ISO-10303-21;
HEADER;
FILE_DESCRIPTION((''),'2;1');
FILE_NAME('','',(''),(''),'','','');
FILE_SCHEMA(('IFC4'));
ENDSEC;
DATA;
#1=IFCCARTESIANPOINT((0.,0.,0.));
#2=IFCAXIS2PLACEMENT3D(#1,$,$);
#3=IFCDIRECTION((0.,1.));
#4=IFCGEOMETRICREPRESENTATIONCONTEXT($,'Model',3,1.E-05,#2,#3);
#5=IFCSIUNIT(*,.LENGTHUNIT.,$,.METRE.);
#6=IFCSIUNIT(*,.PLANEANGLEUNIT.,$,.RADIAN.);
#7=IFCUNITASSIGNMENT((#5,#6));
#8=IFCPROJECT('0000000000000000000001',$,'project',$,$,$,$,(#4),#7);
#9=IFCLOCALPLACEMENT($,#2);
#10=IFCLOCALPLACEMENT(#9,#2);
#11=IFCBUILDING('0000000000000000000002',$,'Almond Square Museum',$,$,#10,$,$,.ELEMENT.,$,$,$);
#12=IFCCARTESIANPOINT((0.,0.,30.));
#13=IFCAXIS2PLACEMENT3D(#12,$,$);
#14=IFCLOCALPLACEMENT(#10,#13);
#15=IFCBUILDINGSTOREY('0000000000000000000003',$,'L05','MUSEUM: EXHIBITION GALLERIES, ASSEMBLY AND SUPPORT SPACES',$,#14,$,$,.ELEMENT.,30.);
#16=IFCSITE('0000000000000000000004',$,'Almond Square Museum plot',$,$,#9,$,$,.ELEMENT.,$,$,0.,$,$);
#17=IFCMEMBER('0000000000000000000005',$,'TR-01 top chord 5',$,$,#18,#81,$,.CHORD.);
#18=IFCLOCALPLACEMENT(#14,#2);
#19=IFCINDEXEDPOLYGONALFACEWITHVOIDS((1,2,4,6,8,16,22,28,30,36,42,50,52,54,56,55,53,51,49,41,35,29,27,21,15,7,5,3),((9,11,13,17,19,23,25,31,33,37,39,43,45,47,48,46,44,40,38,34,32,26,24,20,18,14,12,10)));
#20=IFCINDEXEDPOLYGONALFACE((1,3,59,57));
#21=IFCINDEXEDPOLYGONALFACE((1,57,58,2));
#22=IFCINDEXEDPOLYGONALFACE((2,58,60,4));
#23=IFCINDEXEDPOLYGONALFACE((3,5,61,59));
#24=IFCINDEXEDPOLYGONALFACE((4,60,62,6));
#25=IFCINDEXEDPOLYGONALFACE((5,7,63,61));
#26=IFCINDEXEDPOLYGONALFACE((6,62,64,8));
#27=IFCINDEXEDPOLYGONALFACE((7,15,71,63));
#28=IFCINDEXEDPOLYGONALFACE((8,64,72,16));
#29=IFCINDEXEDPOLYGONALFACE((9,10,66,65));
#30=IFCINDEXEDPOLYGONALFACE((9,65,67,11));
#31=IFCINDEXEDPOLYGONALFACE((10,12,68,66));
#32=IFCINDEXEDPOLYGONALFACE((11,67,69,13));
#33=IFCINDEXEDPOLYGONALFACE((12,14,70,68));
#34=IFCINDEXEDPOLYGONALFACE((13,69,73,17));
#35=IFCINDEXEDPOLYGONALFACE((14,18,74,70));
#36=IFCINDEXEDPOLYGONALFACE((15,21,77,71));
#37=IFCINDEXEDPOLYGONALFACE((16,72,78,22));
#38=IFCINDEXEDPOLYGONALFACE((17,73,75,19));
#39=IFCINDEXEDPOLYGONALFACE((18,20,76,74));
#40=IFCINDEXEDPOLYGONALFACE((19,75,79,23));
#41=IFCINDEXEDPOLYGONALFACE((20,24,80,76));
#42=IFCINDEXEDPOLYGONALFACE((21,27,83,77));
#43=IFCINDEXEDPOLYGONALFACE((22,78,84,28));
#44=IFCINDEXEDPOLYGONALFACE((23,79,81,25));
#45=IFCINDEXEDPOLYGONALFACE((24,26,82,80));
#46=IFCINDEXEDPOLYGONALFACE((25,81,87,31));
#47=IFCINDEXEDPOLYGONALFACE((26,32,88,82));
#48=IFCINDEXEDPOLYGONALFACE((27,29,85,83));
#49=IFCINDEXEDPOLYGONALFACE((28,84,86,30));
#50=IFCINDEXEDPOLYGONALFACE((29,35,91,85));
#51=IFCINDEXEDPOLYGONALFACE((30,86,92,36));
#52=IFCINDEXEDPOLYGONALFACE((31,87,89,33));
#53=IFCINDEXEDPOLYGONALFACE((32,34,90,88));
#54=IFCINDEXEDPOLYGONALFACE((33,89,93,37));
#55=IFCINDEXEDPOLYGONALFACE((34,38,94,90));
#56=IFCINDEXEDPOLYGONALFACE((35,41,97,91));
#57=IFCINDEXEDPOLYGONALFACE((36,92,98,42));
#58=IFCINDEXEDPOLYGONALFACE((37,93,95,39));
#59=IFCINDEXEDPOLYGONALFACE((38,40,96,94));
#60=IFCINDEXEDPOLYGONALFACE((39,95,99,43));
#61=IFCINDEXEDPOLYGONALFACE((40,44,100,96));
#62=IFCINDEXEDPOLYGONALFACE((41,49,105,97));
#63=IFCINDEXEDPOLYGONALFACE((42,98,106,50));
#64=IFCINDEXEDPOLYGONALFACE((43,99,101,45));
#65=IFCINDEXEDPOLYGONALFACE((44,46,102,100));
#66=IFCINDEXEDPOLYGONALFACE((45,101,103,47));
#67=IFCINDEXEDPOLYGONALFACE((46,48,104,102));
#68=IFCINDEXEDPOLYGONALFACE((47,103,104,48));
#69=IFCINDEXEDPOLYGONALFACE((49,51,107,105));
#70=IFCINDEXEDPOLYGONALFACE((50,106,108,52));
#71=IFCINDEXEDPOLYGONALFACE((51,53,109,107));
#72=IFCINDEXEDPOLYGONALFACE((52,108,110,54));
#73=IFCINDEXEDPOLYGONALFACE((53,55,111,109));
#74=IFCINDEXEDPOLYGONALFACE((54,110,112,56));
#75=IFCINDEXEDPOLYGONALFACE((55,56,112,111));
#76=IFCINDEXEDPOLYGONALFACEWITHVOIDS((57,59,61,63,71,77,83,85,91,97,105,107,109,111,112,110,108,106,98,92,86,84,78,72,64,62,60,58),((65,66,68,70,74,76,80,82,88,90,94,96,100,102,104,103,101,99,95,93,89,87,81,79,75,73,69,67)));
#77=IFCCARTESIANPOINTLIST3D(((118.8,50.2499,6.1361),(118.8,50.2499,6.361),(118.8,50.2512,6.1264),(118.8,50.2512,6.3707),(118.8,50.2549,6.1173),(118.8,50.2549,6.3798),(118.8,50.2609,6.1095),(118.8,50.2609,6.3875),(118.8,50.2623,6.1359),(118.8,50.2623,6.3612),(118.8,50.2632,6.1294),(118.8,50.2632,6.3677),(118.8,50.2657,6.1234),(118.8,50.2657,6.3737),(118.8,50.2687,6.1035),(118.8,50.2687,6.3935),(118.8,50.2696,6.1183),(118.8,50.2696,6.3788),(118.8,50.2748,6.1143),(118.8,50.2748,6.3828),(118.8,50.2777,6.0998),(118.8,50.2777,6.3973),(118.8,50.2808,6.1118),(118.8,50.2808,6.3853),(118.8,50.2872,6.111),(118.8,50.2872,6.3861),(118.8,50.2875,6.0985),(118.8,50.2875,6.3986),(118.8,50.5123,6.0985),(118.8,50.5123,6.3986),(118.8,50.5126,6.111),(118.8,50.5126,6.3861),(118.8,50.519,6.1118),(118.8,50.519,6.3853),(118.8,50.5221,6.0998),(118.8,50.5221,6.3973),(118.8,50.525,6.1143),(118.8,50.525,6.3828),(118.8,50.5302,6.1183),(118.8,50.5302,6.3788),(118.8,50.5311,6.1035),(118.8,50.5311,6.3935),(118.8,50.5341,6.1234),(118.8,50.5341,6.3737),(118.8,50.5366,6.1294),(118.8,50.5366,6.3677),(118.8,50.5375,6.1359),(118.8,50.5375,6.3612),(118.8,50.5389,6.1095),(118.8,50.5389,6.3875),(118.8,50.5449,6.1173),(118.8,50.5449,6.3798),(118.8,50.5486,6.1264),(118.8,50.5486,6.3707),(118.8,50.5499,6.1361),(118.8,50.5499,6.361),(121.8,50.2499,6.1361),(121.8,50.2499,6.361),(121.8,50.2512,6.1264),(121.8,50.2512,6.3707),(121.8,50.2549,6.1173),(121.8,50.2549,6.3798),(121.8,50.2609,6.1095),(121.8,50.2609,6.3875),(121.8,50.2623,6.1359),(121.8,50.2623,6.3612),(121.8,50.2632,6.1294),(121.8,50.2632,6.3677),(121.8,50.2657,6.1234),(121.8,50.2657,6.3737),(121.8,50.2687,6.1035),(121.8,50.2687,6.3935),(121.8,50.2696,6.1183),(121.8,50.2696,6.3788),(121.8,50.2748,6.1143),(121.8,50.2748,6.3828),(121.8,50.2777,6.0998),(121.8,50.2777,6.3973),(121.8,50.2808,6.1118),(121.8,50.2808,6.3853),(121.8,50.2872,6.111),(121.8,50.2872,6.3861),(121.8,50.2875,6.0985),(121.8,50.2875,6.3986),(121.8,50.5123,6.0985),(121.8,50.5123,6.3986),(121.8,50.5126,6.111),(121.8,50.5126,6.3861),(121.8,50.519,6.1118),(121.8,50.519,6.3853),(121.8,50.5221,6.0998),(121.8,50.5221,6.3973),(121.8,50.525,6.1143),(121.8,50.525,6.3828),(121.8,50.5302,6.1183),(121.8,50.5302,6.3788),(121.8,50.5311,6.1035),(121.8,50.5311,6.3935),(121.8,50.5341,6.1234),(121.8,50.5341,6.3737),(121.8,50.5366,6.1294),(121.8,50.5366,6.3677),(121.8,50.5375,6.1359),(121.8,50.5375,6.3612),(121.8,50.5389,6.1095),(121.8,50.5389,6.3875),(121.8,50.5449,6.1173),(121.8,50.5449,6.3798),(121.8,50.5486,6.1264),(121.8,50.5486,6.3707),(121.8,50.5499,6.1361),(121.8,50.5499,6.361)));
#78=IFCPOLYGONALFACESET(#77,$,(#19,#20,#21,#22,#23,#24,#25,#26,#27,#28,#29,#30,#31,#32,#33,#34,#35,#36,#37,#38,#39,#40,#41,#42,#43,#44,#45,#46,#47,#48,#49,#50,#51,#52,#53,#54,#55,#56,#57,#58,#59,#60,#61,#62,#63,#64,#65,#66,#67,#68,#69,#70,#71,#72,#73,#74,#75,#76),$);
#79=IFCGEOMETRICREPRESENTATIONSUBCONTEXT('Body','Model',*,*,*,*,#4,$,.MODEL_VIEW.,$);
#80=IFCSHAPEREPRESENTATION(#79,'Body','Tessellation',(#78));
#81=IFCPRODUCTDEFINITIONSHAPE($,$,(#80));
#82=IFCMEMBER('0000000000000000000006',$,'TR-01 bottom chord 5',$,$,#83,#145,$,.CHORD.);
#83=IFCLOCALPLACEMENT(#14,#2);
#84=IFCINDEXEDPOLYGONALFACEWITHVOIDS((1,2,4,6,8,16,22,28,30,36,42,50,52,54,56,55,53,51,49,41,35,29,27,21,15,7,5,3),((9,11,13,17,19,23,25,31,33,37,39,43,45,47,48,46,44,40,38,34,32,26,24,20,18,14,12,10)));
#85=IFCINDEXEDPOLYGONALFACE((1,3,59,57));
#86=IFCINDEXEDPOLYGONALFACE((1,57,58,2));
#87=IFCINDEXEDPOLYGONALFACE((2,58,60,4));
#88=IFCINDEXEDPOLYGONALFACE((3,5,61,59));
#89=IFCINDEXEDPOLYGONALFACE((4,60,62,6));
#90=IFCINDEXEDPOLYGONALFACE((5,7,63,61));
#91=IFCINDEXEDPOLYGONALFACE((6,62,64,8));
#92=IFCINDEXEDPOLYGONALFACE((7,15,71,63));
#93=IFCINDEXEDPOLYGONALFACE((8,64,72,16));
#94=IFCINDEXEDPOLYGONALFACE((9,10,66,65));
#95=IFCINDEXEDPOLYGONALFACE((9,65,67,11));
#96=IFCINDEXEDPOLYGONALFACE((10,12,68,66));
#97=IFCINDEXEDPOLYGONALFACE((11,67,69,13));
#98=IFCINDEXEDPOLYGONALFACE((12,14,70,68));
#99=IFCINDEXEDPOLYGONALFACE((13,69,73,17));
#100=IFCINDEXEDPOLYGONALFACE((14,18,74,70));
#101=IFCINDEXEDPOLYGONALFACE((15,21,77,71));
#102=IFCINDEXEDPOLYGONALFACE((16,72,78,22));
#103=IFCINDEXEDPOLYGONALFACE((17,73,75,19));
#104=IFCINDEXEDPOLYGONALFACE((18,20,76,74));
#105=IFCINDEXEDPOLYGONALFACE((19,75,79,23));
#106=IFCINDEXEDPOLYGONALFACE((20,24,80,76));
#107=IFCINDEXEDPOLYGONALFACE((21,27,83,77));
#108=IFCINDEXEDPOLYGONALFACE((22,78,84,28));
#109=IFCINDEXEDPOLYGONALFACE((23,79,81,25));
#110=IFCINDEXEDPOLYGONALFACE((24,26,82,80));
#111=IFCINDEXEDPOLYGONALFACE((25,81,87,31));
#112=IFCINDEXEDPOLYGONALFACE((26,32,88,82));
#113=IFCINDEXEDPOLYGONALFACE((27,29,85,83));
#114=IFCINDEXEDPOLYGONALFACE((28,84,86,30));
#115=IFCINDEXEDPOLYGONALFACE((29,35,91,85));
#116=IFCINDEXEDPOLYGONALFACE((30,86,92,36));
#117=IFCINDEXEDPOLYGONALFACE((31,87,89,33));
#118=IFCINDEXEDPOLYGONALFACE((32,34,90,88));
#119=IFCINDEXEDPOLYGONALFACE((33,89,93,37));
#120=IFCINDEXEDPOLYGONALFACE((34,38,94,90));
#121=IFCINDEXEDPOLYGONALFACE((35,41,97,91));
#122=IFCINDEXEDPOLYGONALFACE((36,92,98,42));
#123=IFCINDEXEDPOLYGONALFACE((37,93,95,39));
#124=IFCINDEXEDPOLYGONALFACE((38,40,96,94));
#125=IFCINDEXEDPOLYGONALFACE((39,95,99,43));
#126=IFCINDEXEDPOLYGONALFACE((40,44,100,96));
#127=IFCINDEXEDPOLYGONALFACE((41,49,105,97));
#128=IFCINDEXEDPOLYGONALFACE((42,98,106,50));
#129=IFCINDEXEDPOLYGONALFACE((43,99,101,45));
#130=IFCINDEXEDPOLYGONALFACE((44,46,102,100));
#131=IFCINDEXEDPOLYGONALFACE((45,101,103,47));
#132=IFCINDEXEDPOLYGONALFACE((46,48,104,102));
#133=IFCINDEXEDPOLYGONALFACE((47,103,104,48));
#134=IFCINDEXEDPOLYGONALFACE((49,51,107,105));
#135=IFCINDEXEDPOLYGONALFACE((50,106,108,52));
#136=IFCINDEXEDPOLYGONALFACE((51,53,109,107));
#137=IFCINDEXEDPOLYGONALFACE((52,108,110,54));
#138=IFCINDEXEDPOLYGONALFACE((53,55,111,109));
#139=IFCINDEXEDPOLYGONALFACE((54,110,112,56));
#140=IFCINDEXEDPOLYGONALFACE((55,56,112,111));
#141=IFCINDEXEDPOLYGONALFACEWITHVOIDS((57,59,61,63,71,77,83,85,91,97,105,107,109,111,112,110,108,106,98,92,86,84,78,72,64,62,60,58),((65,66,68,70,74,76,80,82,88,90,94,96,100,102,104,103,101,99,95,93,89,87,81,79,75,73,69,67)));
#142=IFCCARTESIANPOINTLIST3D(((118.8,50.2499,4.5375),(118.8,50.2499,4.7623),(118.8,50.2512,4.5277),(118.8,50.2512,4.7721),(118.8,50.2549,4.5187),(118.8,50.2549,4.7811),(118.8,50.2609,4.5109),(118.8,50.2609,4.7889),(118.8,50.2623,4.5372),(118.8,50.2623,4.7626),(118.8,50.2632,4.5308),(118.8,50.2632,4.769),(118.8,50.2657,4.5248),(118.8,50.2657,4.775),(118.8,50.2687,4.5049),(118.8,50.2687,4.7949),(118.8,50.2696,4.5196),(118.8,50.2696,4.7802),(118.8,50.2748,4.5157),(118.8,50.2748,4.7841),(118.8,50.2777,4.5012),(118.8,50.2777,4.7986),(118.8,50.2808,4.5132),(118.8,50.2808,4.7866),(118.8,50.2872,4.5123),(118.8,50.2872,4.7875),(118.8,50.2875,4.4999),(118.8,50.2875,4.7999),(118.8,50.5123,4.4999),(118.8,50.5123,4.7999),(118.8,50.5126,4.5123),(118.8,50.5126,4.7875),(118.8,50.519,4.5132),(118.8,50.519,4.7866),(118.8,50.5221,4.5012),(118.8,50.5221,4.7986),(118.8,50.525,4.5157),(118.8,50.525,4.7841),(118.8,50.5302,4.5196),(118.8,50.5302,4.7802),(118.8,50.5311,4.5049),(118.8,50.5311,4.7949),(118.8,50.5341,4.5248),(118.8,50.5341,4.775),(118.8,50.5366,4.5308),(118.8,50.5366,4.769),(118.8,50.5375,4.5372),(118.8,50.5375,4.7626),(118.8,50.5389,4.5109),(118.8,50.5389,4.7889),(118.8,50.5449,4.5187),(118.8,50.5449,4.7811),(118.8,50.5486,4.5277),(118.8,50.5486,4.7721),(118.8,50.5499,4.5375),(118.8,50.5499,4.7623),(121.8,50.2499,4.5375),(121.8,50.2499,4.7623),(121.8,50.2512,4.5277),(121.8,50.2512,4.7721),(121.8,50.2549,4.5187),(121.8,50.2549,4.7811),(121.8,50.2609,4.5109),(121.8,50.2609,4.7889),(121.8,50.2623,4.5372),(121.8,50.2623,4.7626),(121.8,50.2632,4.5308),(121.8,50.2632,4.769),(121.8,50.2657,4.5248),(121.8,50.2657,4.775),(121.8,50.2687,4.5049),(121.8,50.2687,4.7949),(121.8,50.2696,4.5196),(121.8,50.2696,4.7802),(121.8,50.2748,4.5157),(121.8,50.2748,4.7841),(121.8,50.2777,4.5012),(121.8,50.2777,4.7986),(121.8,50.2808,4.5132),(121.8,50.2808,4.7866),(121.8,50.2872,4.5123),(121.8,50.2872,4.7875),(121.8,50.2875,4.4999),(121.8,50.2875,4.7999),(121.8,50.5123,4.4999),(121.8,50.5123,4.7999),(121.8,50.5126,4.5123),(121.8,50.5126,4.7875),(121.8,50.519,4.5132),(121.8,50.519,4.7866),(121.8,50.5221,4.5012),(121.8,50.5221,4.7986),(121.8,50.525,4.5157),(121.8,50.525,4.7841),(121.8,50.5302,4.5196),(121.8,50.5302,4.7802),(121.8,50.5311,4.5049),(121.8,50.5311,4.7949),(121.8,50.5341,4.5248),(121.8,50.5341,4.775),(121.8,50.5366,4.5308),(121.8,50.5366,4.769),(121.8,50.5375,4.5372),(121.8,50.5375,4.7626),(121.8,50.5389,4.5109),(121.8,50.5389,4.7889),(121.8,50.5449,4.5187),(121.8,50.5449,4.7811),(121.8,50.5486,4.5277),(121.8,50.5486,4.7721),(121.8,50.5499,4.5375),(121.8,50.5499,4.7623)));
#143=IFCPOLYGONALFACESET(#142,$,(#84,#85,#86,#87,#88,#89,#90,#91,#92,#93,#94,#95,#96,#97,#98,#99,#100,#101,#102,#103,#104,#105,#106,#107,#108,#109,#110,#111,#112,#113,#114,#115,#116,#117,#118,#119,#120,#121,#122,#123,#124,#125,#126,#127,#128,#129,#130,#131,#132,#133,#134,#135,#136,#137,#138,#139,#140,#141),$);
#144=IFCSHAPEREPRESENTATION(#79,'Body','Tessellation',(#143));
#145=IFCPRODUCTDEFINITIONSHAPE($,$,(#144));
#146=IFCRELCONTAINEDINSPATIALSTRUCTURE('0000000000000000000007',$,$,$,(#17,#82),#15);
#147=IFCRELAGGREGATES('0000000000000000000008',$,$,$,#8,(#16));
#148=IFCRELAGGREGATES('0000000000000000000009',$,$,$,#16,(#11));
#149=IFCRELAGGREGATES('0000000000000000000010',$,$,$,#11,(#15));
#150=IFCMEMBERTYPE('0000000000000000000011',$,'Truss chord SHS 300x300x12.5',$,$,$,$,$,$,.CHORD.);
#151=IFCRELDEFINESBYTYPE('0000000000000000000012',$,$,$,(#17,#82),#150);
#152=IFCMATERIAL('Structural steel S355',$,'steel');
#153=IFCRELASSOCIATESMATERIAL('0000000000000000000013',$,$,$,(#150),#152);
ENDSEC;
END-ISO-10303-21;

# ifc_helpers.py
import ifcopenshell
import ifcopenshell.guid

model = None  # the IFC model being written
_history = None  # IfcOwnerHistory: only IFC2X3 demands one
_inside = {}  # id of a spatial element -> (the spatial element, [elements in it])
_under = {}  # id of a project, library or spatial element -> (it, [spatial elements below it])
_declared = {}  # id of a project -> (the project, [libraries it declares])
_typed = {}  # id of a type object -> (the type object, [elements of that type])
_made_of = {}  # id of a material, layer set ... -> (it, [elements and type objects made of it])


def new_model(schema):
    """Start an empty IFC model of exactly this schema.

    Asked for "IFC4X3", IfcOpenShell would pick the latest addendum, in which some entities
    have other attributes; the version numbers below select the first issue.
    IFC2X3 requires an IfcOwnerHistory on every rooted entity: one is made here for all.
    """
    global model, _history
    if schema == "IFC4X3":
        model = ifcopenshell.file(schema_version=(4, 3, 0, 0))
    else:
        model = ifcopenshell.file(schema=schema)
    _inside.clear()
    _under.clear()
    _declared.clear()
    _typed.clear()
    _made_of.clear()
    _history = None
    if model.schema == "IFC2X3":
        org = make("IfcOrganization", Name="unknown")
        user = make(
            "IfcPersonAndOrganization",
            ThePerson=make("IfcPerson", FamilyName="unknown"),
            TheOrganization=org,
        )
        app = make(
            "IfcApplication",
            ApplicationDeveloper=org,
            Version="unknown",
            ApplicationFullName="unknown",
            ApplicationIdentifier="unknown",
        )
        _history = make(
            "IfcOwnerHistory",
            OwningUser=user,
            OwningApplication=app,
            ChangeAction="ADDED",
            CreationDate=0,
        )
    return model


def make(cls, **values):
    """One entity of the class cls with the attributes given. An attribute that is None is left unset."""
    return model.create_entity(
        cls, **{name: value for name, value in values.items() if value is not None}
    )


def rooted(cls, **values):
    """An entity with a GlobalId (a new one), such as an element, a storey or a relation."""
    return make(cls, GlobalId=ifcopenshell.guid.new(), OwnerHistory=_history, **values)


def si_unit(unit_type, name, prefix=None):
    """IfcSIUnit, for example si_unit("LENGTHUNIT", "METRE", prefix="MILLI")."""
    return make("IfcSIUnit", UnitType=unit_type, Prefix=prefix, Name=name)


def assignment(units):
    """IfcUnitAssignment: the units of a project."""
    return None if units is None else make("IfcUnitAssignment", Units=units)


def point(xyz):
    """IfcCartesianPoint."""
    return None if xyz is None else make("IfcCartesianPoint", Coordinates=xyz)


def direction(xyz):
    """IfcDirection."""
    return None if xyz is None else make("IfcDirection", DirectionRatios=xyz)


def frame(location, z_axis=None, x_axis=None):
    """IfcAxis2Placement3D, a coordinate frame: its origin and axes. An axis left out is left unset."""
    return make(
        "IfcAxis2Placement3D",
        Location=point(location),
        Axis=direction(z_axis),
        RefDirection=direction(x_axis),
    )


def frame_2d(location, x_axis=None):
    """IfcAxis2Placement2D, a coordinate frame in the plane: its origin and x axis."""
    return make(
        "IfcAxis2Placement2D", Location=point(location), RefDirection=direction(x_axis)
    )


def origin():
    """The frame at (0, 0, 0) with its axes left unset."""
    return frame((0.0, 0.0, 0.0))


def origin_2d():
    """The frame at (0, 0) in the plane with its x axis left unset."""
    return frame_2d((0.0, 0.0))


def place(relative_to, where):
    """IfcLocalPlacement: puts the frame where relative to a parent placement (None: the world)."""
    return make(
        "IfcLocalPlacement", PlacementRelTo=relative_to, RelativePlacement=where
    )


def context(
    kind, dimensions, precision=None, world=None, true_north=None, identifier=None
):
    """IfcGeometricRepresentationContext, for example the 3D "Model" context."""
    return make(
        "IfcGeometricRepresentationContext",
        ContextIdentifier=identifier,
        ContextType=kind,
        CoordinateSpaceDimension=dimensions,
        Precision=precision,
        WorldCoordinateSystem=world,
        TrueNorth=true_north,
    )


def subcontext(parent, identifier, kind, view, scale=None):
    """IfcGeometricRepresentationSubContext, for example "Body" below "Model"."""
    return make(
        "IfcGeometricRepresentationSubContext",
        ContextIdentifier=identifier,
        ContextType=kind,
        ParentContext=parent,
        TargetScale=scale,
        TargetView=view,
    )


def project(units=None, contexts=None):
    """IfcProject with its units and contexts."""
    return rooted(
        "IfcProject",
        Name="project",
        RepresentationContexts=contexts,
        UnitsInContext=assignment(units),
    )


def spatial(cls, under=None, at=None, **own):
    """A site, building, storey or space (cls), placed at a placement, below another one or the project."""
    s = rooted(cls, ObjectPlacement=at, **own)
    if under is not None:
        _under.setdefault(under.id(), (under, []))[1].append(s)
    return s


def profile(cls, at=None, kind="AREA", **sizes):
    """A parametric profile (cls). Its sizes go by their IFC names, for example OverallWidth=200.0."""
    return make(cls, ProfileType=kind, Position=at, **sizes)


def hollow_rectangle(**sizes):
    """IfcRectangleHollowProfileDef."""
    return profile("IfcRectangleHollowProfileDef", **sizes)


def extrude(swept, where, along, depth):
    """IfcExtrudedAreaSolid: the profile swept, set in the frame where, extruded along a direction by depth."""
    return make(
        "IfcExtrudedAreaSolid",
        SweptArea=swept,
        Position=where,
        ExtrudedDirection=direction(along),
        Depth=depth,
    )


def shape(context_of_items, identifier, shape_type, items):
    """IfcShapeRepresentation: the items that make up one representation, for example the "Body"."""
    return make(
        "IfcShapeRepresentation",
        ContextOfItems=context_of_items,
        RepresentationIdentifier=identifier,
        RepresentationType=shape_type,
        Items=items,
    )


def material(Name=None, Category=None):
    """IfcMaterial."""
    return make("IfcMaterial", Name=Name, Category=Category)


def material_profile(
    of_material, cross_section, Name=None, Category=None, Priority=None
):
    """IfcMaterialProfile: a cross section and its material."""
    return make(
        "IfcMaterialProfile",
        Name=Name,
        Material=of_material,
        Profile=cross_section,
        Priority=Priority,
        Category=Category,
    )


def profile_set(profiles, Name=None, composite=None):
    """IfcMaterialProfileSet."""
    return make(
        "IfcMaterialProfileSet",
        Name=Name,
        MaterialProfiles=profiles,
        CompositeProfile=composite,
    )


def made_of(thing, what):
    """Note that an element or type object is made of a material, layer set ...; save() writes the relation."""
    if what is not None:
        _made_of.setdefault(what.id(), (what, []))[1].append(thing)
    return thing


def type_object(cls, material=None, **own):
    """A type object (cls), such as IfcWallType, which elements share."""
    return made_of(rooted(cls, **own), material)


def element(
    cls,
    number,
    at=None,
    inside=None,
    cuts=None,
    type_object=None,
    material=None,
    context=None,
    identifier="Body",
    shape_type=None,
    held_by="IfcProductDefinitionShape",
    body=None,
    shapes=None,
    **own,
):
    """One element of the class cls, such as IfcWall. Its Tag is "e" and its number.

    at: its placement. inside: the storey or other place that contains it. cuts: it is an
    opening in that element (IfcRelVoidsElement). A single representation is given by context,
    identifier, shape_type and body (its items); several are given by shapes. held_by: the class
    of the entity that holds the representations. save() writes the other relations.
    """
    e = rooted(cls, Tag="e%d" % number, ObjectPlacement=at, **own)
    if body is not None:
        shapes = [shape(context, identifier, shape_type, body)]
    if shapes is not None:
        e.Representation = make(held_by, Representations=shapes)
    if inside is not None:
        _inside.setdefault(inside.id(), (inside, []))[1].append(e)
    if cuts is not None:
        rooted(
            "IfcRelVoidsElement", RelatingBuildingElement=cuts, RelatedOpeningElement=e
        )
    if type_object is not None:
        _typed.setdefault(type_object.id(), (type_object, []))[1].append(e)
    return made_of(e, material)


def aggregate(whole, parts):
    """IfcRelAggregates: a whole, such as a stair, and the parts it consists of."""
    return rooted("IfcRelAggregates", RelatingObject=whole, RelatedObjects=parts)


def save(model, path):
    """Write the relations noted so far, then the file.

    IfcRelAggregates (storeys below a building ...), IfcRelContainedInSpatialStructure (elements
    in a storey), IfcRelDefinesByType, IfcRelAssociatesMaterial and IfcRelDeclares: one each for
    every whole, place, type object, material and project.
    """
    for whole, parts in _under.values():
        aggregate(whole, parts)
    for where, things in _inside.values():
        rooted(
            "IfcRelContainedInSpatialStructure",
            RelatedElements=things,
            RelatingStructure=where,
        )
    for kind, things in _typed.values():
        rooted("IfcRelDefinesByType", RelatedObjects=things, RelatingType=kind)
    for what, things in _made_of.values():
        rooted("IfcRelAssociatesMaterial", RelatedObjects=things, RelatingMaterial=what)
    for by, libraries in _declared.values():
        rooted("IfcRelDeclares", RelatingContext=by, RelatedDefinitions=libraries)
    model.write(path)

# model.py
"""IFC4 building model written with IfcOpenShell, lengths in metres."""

from ifc_helpers import new_model, si_unit, direction, frame, origin, origin_2d, place, context, subcontext, project, spatial, hollow_rectangle, extrude, material, material_profile, profile_set, type_object, element, save


model = new_model("IFC4")

# Units and contexts
model_context = context("Model", 3, precision=1e-05, world=origin(), true_north=direction((0.0, 1.0)))
body_context = subcontext(model_context, "Body", "Model", "MODEL_VIEW")
ifc_project = project(units=[si_unit("LENGTHUNIT", "METRE"), si_unit("PLANEANGLEUNIT", "RADIAN")], contexts=[model_context])

# Site, building, storey
site_placement = place(None, origin())
site = spatial("IfcSite", under=ifc_project, at=site_placement, Name="Almond Square Museum plot", CompositionType="ELEMENT", RefElevation=0.0)
building_placement = place(site_placement, origin())
building = spatial("IfcBuilding", under=site, at=building_placement, Name="Almond Square Museum", CompositionType="ELEMENT")
storey_placement = place(building_placement, frame((0.0, 0.0, 30.0)))
storey = spatial("IfcBuildingStorey", under=building, at=storey_placement, Name="L05", Description="MUSEUM: EXHIBITION GALLERIES, ASSEMBLY AND SUPPORT SPACES", CompositionType="ELEMENT", Elevation=30.0)

# Members
ifc_material_1 = material(Name="Structural steel S355", Category="steel")
ifc_material_profile_1 = material_profile(ifc_material_1, hollow_rectangle(XDim=0.3, YDim=0.3, WallThickness=0.0125, InnerFilletRadius=0.0249, OuterFilletRadius=0.0376, at=origin_2d()))
ifc_profile_set_1 = profile_set([ifc_material_profile_1], Name="Structural steel S355")
member_type_1 = type_object("IfcMemberType", Name="Truss chord SHS 300x300x12.5", PredefinedType="CHORD", material=ifc_profile_set_1)
for number, where, z_axis, x_axis, name in (
    (1, (118.8, 50.3999, 6.2485), (1.0, 0.0, 0.0), (0.0, 1.0, 0.0), "TR-01 top chord 5"),
    (2, (118.8, 50.3999, 4.6499), (1.0, 0.0, 0.0), (0.0, 1.0, 0.0), "TR-01 bottom chord 5"),
):
    element("IfcMember", number, at=place(storey_placement, frame(where, z_axis=z_axis, x_axis=x_axis)), inside=storey, type_object=member_type_1, Name=name, PredefinedType="CHORD", context=body_context, shape_type="SweptSolid", body=[
        extrude(hollow_rectangle(XDim=0.3, YDim=0.3, WallThickness=0.0125, InnerFilletRadius=0.0249, OuterFilletRadius=0.0376, at=origin_2d()), origin(), (0.0, 0.0, 1.0), 3.0),
    ])

save(model, "model.ifc")
